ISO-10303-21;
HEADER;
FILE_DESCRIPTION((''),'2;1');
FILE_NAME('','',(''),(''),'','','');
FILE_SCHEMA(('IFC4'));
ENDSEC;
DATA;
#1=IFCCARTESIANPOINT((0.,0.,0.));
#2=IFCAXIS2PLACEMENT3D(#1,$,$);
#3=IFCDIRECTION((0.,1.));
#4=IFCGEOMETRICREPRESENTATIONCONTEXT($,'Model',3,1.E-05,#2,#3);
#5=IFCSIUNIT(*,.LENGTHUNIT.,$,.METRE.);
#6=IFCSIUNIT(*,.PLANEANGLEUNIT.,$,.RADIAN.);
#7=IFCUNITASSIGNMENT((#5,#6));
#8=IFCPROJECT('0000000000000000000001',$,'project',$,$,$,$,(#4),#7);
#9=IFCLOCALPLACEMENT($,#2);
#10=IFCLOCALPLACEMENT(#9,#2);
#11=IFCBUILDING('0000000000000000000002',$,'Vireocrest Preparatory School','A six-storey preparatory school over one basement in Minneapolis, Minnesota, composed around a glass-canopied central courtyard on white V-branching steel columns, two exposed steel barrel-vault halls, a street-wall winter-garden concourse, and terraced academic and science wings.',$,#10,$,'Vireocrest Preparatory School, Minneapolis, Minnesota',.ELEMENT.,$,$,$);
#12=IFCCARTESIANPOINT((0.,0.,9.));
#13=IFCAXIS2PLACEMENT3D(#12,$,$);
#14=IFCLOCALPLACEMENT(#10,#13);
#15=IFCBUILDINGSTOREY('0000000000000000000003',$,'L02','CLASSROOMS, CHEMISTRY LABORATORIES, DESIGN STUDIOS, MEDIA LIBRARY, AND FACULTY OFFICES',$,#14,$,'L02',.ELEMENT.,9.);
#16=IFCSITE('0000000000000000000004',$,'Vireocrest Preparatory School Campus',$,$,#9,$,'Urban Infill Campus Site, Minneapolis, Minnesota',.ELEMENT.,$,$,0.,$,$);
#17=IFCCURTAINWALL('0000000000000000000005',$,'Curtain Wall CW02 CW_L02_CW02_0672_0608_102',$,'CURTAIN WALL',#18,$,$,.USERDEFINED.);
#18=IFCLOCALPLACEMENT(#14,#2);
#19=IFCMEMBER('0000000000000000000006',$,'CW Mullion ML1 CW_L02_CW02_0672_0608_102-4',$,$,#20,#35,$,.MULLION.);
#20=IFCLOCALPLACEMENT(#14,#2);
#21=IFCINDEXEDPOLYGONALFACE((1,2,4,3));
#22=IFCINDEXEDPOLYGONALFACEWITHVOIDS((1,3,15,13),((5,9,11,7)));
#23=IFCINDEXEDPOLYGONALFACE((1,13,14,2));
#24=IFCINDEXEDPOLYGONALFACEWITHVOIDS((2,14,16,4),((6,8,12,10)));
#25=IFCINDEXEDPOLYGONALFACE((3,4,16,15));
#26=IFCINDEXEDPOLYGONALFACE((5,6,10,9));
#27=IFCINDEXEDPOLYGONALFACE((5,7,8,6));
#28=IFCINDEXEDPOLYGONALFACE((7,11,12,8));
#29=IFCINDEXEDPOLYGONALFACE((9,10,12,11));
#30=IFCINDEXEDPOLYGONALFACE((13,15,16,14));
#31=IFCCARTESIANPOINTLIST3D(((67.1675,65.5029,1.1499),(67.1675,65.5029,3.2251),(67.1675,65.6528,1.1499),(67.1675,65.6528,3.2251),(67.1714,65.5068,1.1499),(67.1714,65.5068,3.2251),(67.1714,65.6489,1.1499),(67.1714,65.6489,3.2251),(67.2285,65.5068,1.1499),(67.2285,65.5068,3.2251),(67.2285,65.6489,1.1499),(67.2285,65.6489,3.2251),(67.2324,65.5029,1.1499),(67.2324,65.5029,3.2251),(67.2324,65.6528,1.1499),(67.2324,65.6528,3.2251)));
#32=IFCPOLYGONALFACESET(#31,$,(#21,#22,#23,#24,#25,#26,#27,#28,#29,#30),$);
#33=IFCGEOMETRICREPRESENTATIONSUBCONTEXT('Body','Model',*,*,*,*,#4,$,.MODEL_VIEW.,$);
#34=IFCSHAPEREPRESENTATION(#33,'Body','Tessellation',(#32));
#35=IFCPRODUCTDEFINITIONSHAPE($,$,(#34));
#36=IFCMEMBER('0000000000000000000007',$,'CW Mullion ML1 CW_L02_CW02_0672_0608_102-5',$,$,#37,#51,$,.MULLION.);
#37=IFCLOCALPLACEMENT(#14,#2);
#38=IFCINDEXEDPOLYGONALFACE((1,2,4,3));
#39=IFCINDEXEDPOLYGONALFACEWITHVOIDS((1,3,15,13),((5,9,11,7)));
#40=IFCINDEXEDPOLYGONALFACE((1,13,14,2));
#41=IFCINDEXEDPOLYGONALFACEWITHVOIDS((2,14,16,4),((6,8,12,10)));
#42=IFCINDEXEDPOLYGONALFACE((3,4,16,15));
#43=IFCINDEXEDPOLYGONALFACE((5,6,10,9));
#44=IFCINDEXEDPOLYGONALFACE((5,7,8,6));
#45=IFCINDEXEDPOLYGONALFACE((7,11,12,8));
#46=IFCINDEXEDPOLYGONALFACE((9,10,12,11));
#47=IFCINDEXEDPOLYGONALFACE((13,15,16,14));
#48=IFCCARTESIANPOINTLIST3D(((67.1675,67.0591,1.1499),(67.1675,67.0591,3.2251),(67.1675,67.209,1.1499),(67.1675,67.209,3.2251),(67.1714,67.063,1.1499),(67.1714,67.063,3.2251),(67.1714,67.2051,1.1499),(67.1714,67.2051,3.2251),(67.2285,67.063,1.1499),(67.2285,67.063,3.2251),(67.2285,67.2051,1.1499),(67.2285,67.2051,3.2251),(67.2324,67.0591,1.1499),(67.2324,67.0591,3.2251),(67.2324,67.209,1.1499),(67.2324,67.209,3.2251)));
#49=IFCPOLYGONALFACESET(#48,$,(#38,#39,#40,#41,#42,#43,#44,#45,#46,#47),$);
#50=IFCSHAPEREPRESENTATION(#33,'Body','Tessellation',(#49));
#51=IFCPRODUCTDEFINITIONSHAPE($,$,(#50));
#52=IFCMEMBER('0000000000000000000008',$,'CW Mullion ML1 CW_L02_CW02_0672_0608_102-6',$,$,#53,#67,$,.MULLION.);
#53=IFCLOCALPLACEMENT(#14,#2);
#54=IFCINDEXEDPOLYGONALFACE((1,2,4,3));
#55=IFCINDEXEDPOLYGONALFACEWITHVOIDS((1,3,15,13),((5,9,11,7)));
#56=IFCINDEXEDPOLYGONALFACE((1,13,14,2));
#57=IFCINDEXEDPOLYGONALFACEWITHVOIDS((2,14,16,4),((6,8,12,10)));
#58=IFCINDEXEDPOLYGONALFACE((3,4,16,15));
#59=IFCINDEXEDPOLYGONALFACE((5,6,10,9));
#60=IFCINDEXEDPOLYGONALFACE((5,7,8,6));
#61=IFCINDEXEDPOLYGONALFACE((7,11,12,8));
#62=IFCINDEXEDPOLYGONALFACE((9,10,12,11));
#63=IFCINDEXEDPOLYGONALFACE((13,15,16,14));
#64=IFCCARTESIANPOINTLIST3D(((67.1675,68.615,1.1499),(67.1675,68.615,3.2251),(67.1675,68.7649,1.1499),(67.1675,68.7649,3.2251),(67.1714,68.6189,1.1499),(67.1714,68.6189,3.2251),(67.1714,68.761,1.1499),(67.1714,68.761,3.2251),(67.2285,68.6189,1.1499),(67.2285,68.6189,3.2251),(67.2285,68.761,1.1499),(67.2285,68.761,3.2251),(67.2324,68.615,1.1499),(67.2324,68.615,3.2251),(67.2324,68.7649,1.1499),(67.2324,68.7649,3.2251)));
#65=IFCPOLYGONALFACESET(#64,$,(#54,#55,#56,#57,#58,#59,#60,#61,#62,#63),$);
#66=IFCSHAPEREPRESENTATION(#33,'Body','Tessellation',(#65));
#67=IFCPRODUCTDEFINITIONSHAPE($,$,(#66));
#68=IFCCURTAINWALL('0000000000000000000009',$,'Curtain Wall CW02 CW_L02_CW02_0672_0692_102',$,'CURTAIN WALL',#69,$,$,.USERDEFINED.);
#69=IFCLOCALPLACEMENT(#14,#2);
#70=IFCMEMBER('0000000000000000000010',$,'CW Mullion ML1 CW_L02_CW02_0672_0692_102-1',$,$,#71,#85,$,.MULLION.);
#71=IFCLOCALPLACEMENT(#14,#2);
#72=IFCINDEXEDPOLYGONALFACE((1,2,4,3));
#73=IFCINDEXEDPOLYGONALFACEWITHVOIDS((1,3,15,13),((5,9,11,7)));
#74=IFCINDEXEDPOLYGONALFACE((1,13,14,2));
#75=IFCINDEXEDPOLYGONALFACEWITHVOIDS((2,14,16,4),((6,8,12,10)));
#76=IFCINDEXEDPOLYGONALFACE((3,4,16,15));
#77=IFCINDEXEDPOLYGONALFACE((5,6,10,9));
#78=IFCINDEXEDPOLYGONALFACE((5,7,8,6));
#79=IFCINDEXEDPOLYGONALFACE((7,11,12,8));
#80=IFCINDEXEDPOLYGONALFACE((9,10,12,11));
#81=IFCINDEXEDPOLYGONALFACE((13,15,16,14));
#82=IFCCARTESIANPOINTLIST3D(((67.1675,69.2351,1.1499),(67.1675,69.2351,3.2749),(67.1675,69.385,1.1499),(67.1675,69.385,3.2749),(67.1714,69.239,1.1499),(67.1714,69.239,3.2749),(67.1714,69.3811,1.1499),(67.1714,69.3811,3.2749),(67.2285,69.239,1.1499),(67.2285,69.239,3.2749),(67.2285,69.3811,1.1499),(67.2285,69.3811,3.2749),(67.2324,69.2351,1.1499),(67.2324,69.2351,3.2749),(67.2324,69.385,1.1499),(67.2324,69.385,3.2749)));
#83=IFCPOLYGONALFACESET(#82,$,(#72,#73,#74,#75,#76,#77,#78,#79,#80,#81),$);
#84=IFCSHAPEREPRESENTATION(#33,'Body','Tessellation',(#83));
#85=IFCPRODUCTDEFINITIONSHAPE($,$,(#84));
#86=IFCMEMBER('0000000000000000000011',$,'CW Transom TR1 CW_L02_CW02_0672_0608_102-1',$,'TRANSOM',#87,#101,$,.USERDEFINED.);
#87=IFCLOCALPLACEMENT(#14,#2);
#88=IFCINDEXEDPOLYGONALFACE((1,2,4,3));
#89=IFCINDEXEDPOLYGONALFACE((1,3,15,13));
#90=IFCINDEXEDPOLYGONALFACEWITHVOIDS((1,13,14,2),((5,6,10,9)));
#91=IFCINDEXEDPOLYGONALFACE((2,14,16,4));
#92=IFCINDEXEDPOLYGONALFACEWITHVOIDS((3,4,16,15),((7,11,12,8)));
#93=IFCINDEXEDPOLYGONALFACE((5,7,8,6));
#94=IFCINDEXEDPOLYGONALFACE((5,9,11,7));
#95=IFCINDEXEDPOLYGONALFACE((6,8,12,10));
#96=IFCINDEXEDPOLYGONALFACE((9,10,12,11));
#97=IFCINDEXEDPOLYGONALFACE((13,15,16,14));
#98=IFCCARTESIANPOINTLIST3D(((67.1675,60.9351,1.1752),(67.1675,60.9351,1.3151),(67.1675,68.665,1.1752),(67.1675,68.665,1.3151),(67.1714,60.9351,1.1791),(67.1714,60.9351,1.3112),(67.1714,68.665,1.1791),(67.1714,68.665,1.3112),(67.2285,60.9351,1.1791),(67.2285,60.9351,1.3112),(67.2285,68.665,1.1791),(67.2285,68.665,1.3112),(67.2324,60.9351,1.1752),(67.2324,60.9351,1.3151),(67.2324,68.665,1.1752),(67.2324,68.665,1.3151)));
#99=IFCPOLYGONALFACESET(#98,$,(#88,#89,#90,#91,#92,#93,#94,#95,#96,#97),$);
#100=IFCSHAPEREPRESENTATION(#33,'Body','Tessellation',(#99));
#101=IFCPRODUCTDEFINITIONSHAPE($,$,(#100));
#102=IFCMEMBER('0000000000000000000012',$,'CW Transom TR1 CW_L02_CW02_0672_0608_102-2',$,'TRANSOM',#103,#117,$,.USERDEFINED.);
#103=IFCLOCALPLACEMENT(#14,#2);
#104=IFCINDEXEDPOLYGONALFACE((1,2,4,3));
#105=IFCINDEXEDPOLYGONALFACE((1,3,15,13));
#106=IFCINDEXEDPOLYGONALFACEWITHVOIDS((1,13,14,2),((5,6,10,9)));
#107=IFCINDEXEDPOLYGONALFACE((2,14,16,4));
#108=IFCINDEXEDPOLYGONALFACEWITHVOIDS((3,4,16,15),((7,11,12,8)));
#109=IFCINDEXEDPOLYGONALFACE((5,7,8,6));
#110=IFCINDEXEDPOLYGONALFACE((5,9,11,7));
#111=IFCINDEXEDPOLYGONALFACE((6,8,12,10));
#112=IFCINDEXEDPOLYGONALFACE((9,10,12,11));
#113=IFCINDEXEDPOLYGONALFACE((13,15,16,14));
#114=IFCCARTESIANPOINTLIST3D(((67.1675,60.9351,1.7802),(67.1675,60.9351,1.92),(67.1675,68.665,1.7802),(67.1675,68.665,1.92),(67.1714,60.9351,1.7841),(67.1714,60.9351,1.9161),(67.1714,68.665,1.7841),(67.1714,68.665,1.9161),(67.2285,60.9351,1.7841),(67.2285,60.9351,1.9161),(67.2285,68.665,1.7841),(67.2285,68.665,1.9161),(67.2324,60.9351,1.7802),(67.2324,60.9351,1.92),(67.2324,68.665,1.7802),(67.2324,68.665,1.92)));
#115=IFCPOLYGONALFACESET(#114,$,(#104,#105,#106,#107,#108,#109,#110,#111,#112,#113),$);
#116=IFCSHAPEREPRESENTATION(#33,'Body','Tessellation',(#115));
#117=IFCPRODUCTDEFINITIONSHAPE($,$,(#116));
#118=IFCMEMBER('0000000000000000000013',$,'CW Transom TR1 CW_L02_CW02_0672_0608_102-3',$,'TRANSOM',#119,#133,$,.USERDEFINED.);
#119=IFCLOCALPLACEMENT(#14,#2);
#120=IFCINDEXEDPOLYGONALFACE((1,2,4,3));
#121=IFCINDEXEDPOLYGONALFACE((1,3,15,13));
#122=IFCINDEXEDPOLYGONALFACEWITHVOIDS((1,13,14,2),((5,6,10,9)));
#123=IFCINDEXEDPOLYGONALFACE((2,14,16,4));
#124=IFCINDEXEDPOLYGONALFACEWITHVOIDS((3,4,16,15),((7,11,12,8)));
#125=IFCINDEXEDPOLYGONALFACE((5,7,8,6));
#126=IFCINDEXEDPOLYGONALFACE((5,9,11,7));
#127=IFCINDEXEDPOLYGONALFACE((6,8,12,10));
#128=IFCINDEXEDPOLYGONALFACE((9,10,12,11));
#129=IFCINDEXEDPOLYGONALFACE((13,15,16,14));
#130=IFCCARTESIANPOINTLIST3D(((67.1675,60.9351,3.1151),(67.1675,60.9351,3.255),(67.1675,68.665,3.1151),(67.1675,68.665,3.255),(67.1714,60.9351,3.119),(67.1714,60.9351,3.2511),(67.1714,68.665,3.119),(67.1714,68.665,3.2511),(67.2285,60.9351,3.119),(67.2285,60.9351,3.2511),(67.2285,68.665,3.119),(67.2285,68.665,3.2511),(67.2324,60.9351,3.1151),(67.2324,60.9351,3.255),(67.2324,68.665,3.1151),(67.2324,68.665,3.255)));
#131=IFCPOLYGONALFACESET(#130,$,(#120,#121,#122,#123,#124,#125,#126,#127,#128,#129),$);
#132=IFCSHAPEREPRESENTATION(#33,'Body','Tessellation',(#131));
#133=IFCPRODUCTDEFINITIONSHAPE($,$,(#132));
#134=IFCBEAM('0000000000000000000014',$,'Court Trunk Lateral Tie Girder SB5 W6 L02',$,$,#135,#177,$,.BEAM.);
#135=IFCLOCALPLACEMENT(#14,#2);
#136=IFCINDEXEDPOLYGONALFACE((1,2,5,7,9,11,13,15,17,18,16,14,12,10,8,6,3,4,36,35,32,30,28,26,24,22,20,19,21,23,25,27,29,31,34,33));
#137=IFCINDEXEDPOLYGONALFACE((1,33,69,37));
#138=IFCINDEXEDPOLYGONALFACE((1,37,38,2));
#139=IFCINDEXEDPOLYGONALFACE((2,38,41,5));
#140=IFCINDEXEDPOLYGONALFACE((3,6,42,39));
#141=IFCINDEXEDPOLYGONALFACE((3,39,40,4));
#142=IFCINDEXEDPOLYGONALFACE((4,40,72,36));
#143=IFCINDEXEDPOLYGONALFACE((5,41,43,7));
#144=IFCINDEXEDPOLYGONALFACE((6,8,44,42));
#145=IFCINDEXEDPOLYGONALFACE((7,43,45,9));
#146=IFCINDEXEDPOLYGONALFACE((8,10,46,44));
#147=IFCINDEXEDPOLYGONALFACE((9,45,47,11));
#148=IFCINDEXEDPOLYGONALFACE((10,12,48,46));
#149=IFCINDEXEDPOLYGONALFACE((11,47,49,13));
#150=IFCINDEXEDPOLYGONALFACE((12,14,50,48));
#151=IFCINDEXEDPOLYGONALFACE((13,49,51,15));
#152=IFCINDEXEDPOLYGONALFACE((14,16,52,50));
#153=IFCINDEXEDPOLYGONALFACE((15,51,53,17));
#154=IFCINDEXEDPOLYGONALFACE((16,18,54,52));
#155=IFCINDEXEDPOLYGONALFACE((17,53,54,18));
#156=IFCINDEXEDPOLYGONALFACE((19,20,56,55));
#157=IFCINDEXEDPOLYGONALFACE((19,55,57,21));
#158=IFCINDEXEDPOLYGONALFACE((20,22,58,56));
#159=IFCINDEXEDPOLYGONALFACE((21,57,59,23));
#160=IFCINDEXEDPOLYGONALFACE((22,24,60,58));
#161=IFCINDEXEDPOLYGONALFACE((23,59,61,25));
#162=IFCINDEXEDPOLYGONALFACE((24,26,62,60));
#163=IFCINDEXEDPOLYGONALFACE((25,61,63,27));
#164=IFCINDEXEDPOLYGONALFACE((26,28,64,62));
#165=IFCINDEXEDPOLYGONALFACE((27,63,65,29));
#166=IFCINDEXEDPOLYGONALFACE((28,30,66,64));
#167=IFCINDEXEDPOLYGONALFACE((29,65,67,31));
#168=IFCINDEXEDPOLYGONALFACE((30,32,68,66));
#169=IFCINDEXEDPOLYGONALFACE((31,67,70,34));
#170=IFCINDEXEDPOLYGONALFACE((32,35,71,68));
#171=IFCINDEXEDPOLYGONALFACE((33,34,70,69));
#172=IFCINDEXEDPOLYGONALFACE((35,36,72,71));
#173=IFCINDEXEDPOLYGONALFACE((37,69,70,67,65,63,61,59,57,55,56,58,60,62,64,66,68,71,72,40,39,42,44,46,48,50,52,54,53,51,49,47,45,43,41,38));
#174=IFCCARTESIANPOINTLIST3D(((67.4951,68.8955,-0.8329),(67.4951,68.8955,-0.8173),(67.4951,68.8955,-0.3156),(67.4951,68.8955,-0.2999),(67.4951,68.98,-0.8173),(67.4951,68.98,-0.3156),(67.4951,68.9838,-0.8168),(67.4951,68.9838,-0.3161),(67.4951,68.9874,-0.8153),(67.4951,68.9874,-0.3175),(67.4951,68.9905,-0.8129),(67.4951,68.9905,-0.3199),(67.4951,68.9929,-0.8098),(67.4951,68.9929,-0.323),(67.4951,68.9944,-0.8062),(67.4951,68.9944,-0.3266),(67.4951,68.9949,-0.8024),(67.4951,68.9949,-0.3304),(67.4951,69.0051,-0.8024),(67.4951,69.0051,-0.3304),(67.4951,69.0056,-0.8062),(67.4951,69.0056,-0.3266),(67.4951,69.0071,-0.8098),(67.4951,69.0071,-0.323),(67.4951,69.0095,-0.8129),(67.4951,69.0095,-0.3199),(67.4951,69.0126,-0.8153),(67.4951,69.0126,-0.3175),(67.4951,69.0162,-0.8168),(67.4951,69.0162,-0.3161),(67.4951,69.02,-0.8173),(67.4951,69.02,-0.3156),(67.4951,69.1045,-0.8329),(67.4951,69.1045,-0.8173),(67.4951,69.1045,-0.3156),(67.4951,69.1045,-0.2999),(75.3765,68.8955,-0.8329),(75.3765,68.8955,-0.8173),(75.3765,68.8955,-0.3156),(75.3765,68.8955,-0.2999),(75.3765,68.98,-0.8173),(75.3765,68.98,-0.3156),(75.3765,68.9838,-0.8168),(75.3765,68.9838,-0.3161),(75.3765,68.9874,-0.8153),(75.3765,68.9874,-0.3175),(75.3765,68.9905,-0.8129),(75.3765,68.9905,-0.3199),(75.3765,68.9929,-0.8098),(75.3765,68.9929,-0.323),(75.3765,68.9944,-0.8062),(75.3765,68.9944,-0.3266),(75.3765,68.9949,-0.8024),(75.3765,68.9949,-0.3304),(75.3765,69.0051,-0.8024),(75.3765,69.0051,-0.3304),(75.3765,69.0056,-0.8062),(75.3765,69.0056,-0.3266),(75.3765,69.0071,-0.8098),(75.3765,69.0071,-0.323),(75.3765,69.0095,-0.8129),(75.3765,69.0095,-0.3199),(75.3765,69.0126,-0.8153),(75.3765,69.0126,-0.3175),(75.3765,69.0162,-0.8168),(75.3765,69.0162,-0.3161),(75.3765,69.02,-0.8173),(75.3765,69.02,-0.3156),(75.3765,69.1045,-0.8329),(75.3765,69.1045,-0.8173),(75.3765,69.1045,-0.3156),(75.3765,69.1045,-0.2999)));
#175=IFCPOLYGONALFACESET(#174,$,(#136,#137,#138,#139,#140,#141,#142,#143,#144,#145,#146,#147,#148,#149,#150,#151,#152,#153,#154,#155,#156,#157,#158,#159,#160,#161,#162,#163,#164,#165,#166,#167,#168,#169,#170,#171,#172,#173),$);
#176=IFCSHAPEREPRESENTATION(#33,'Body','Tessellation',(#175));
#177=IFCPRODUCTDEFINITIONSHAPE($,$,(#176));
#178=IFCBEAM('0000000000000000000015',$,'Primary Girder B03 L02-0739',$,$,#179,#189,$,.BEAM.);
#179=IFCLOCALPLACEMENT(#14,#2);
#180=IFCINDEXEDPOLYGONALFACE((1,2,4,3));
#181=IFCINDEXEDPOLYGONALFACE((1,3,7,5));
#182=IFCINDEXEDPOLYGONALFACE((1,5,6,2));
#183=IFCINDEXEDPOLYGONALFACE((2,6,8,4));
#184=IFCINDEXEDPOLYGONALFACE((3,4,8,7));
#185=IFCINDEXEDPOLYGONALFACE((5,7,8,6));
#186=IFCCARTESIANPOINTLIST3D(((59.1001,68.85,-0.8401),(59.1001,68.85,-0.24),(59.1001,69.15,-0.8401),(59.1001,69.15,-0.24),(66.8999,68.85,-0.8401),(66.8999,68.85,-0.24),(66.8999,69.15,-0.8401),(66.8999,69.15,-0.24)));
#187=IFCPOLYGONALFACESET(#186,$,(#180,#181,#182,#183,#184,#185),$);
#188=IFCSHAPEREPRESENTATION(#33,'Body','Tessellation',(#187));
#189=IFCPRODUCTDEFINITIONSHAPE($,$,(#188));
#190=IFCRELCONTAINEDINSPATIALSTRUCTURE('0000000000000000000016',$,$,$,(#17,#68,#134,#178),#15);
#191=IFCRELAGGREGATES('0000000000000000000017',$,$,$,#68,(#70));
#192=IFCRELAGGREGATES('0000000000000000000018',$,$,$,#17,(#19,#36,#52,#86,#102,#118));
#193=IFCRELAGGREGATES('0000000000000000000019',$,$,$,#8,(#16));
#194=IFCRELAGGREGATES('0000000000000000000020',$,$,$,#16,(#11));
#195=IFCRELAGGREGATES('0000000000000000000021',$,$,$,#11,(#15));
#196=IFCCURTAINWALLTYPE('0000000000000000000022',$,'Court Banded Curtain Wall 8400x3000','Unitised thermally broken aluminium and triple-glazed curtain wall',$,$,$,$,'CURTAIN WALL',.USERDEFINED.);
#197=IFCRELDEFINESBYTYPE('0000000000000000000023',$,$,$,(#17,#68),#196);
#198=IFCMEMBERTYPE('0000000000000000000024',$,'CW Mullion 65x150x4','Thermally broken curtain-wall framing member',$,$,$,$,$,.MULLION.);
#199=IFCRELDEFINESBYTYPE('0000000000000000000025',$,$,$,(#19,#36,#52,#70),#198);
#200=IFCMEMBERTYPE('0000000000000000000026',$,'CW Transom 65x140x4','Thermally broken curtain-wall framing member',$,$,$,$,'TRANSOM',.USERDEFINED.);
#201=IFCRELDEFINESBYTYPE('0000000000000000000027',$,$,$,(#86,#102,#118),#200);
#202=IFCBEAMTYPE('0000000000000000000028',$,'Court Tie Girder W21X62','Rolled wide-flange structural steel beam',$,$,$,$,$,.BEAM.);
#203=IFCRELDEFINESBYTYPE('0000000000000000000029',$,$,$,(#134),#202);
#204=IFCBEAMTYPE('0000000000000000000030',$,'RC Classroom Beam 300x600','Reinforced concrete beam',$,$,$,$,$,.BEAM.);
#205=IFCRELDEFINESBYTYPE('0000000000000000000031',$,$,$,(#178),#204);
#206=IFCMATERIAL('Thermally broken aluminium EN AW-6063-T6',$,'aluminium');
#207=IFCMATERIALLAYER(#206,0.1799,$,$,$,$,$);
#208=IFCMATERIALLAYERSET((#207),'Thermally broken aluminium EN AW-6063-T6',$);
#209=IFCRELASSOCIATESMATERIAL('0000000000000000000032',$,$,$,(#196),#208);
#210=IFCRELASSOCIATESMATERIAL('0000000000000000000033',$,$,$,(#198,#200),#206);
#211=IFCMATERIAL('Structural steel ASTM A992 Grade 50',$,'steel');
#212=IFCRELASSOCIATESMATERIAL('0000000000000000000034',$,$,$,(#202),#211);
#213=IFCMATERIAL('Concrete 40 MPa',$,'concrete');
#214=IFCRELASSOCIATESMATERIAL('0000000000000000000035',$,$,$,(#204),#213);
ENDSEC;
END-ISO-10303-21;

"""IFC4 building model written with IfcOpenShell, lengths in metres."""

from ifc_helpers import new_model, si_unit, direction, frame, origin, origin_2d, place, context, subcontext, project, spatial, rectangle, hollow_rectangle, i_section, extrude, material, layer, layer_set, material_profile, profile_set, type_object, element, aggregate, save


model = new_model("IFC4")

# Units and contexts
model_context = context("Model", 3, precision=1e-05, world=origin(), true_north=direction((0.0, 1.0)))
body_context = subcontext(model_context, "Body", "Model", "MODEL_VIEW")
ifc_project = project(units=[si_unit("LENGTHUNIT", "METRE"), si_unit("PLANEANGLEUNIT", "RADIAN")], contexts=[model_context])

# Site, building, storey
site_placement = place(None, origin())
site = spatial("IfcSite", under=ifc_project, at=site_placement, Name="Vireocrest Preparatory School Campus", LongName="Urban Infill Campus Site, Minneapolis, Minnesota", CompositionType="ELEMENT", RefElevation=0.0)
building_placement = place(site_placement, origin())
building = spatial("IfcBuilding", under=site, at=building_placement, Name="Vireocrest Preparatory School", Description="A six-storey preparatory school over one basement in Minneapolis, Minnesota, composed around a glass-canopied central courtyard on white V-branching steel columns, two exposed steel barrel-vault halls, a street-wall winter-garden concourse, and terraced academic and science wings.", LongName="Vireocrest Preparatory School, Minneapolis, Minnesota", CompositionType="ELEMENT")
storey_placement = place(building_placement, frame((0.0, 0.0, 9.0)))
storey = spatial("IfcBuildingStorey", under=building, at=storey_placement, Name="L02", Description="CLASSROOMS, CHEMISTRY LABORATORIES, DESIGN STUDIOS, MEDIA LIBRARY, AND FACULTY OFFICES", LongName="L02", CompositionType="ELEMENT", Elevation=9.0)

# Curtain wall, members
ifc_material_1 = material(Name="Thermally broken aluminium EN AW-6063-T6", Category="aluminium")
ifc_layer_1 = layer(ifc_material_1, 0.1799)
ifc_layer_set_1 = layer_set([ifc_layer_1], Name="Thermally broken aluminium EN AW-6063-T6")
curtain_wall_type = type_object("IfcCurtainWallType", Name="Court Banded Curtain Wall 8400x3000", Description="Unitised thermally broken aluminium and triple-glazed curtain wall", ElementType="CURTAIN WALL", PredefinedType="USERDEFINED", material=ifc_layer_set_1)
curtain_wall_1_placement = place(storey_placement, origin())
curtain_wall_1 = element("IfcCurtainWall", 1, at=curtain_wall_1_placement, inside=storey, type_object=curtain_wall_type, Name="Curtain Wall CW02 CW_L02_CW02_0672_0608_102", ObjectType="CURTAIN WALL", PredefinedType="USERDEFINED")
ifc_material_profile_1 = material_profile(ifc_material_1, hollow_rectangle(XDim=0.0649, YDim=0.1499, WallThickness=0.0039, at=origin_2d()), Name="ALU 65x150x4")
ifc_profile_set_1 = profile_set([ifc_material_profile_1], Name="Thermally broken aluminium EN AW-6063-T6")
member_type_1 = type_object("IfcMemberType", Name="CW Mullion 65x150x4", Description="Thermally broken curtain-wall framing member", PredefinedType="MULLION", material=ifc_profile_set_1)
member_1_placement = place(storey_placement, frame((67.2, 65.5779, 1.1499), z_axis=(0.0, 0.0, 1.0), x_axis=(1.0, 0.0, 0.0)))
member_1 = element("IfcMember", 2, at=member_1_placement, type_object=member_type_1, Name="CW Mullion ML1 CW_L02_CW02_0672_0608_102-4", PredefinedType="MULLION", context=body_context, shape_type="SweptSolid", body=[
    extrude(hollow_rectangle(XDim=0.0649, YDim=0.1499, WallThickness=0.0039, at=origin_2d()), origin(), (0.0, 0.0, 1.0), 2.0752),
])
member_2_placement = place(storey_placement, frame((67.2, 67.134, 1.1499), z_axis=(0.0, 0.0, 1.0), x_axis=(1.0, 0.0, 0.0)))
member_2 = element("IfcMember", 3, at=member_2_placement, type_object=member_type_1, Name="CW Mullion ML1 CW_L02_CW02_0672_0608_102-5", PredefinedType="MULLION", context=body_context, shape_type="SweptSolid", body=[
    extrude(hollow_rectangle(XDim=0.0649, YDim=0.1499, WallThickness=0.0039, at=origin_2d()), origin(), (0.0, 0.0, 1.0), 2.0752),
])
member_3_placement = place(storey_placement, frame((67.2, 68.6899, 1.1499), z_axis=(0.0, 0.0, 1.0), x_axis=(1.0, 0.0, 0.0)))
member_3 = element("IfcMember", 4, at=member_3_placement, type_object=member_type_1, Name="CW Mullion ML1 CW_L02_CW02_0672_0608_102-6", PredefinedType="MULLION", context=body_context, shape_type="SweptSolid", body=[
    extrude(hollow_rectangle(XDim=0.0649, YDim=0.1499, WallThickness=0.0039, at=origin_2d()), origin(), (0.0, 0.0, 1.0), 2.0752),
])

# Curtain wall, member
curtain_wall_2_placement = place(storey_placement, origin())
curtain_wall_2 = element("IfcCurtainWall", 5, at=curtain_wall_2_placement, inside=storey, type_object=curtain_wall_type, Name="Curtain Wall CW02 CW_L02_CW02_0672_0692_102", ObjectType="CURTAIN WALL", PredefinedType="USERDEFINED")
member_4_placement = place(storey_placement, frame((67.2, 69.3101, 1.1499), z_axis=(0.0, 0.0, 1.0), x_axis=(1.0, 0.0, 0.0)))
member_4 = element("IfcMember", 6, at=member_4_placement, type_object=member_type_1, Name="CW Mullion ML1 CW_L02_CW02_0672_0692_102-1", PredefinedType="MULLION", context=body_context, shape_type="SweptSolid", body=[
    extrude(hollow_rectangle(XDim=0.0649, YDim=0.1499, WallThickness=0.0039, at=origin_2d()), origin(), (0.0, 0.0, 1.0), 2.125),
])
aggregate(curtain_wall_2, [member_4])

# Members
ifc_material_profile_2 = material_profile(ifc_material_1, hollow_rectangle(XDim=0.0649, YDim=0.1399, WallThickness=0.0039, at=origin_2d()), Name="ALU 65x140x4")
ifc_profile_set_2 = profile_set([ifc_material_profile_2], Name="Thermally broken aluminium EN AW-6063-T6")
member_type_2 = type_object("IfcMemberType", Name="CW Transom 65x140x4", Description="Thermally broken curtain-wall framing member", ElementType="TRANSOM", PredefinedType="USERDEFINED", material=ifc_profile_set_2)
member_5_placement = place(storey_placement, frame((67.2, 60.9351, 1.2451), z_axis=(0.0, 1.0, 0.0), x_axis=(-1.0, 0.0, 0.0)))
member_5 = element("IfcMember", 7, at=member_5_placement, type_object=member_type_2, Name="CW Transom TR1 CW_L02_CW02_0672_0608_102-1", ObjectType="TRANSOM", PredefinedType="USERDEFINED", context=body_context, shape_type="SweptSolid", body=[
    extrude(hollow_rectangle(XDim=0.0649, YDim=0.1399, WallThickness=0.0039, at=origin_2d()), origin(), (0.0, 0.0, 1.0), 7.73),
])
member_6_placement = place(storey_placement, frame((67.2, 60.9351, 1.8501), z_axis=(0.0, 1.0, 0.0), x_axis=(-1.0, 0.0, 0.0)))
member_6 = element("IfcMember", 8, at=member_6_placement, type_object=member_type_2, Name="CW Transom TR1 CW_L02_CW02_0672_0608_102-2", ObjectType="TRANSOM", PredefinedType="USERDEFINED", context=body_context, shape_type="SweptSolid", body=[
    extrude(hollow_rectangle(XDim=0.0649, YDim=0.1399, WallThickness=0.0039, at=origin_2d()), origin(), (0.0, 0.0, 1.0), 7.73),
])
member_7_placement = place(storey_placement, frame((67.2, 60.9351, 3.1851), z_axis=(0.0, 1.0, 0.0), x_axis=(-1.0, 0.0, 0.0)))
member_7 = element("IfcMember", 9, at=member_7_placement, type_object=member_type_2, Name="CW Transom TR1 CW_L02_CW02_0672_0608_102-3", ObjectType="TRANSOM", PredefinedType="USERDEFINED", context=body_context, shape_type="SweptSolid", body=[
    extrude(hollow_rectangle(XDim=0.0649, YDim=0.1399, WallThickness=0.0039, at=origin_2d()), origin(), (0.0, 0.0, 1.0), 7.73),
])

# Beams
ifc_material_2 = material(Name="Structural steel ASTM A992 Grade 50", Category="steel")
ifc_material_profile_3 = material_profile(ifc_material_2, i_section(OverallWidth=0.209, OverallDepth=0.533, WebThickness=0.0103, FlangeThickness=0.0156, FilletRadius=0.0149, at=origin_2d()), Name="W21X62")
ifc_profile_set_3 = profile_set([ifc_material_profile_3], Name="Structural steel ASTM A992 Grade 50")
beam_type_1 = type_object("IfcBeamType", Name="Court Tie Girder W21X62", Description="Rolled wide-flange structural steel beam", PredefinedType="BEAM", material=ifc_profile_set_3)
beam_1_placement = place(storey_placement, frame((67.4951, 69.0, -0.5664), z_axis=(1.0, 0.0, 0.0), x_axis=(0.0, 1.0, 0.0)))
element("IfcBeam", 10, at=beam_1_placement, inside=storey, type_object=beam_type_1, Name="Court Trunk Lateral Tie Girder SB5 W6 L02", PredefinedType="BEAM", context=body_context, shape_type="SweptSolid", body=[
    extrude(i_section(OverallWidth=0.209, OverallDepth=0.533, WebThickness=0.0103, FlangeThickness=0.0156, FilletRadius=0.0149, at=origin_2d()), origin(), (0.0, 0.0, 1.0), 7.8813),
])
ifc_material_3 = material(Name="Concrete 40 MPa", Category="concrete")
ifc_material_profile_4 = material_profile(ifc_material_3, rectangle(XDim=0.3, YDim=0.6001, at=origin_2d()), Name="RC 300x600")
ifc_profile_set_4 = profile_set([ifc_material_profile_4], Name="Concrete 40 MPa")
beam_type_2 = type_object("IfcBeamType", Name="RC Classroom Beam 300x600", Description="Reinforced concrete beam", PredefinedType="BEAM", material=ifc_profile_set_4)
beam_2_placement = place(storey_placement, frame((59.1001, 69.0, -0.54), z_axis=(1.0, 0.0, 0.0), x_axis=(0.0, 1.0, 0.0)))
element("IfcBeam", 11, at=beam_2_placement, inside=storey, type_object=beam_type_2, Name="Primary Girder B03 L02-0739", PredefinedType="BEAM", context=body_context, shape_type="SweptSolid", body=[
    extrude(rectangle(XDim=0.3, YDim=0.6001, at=origin_2d()), origin(), (0.0, 0.0, 1.0), 7.7998),
])

aggregate(curtain_wall_1, [member_1, member_2, member_3, member_5, member_6, member_7])

save(model, "model.ifc")
